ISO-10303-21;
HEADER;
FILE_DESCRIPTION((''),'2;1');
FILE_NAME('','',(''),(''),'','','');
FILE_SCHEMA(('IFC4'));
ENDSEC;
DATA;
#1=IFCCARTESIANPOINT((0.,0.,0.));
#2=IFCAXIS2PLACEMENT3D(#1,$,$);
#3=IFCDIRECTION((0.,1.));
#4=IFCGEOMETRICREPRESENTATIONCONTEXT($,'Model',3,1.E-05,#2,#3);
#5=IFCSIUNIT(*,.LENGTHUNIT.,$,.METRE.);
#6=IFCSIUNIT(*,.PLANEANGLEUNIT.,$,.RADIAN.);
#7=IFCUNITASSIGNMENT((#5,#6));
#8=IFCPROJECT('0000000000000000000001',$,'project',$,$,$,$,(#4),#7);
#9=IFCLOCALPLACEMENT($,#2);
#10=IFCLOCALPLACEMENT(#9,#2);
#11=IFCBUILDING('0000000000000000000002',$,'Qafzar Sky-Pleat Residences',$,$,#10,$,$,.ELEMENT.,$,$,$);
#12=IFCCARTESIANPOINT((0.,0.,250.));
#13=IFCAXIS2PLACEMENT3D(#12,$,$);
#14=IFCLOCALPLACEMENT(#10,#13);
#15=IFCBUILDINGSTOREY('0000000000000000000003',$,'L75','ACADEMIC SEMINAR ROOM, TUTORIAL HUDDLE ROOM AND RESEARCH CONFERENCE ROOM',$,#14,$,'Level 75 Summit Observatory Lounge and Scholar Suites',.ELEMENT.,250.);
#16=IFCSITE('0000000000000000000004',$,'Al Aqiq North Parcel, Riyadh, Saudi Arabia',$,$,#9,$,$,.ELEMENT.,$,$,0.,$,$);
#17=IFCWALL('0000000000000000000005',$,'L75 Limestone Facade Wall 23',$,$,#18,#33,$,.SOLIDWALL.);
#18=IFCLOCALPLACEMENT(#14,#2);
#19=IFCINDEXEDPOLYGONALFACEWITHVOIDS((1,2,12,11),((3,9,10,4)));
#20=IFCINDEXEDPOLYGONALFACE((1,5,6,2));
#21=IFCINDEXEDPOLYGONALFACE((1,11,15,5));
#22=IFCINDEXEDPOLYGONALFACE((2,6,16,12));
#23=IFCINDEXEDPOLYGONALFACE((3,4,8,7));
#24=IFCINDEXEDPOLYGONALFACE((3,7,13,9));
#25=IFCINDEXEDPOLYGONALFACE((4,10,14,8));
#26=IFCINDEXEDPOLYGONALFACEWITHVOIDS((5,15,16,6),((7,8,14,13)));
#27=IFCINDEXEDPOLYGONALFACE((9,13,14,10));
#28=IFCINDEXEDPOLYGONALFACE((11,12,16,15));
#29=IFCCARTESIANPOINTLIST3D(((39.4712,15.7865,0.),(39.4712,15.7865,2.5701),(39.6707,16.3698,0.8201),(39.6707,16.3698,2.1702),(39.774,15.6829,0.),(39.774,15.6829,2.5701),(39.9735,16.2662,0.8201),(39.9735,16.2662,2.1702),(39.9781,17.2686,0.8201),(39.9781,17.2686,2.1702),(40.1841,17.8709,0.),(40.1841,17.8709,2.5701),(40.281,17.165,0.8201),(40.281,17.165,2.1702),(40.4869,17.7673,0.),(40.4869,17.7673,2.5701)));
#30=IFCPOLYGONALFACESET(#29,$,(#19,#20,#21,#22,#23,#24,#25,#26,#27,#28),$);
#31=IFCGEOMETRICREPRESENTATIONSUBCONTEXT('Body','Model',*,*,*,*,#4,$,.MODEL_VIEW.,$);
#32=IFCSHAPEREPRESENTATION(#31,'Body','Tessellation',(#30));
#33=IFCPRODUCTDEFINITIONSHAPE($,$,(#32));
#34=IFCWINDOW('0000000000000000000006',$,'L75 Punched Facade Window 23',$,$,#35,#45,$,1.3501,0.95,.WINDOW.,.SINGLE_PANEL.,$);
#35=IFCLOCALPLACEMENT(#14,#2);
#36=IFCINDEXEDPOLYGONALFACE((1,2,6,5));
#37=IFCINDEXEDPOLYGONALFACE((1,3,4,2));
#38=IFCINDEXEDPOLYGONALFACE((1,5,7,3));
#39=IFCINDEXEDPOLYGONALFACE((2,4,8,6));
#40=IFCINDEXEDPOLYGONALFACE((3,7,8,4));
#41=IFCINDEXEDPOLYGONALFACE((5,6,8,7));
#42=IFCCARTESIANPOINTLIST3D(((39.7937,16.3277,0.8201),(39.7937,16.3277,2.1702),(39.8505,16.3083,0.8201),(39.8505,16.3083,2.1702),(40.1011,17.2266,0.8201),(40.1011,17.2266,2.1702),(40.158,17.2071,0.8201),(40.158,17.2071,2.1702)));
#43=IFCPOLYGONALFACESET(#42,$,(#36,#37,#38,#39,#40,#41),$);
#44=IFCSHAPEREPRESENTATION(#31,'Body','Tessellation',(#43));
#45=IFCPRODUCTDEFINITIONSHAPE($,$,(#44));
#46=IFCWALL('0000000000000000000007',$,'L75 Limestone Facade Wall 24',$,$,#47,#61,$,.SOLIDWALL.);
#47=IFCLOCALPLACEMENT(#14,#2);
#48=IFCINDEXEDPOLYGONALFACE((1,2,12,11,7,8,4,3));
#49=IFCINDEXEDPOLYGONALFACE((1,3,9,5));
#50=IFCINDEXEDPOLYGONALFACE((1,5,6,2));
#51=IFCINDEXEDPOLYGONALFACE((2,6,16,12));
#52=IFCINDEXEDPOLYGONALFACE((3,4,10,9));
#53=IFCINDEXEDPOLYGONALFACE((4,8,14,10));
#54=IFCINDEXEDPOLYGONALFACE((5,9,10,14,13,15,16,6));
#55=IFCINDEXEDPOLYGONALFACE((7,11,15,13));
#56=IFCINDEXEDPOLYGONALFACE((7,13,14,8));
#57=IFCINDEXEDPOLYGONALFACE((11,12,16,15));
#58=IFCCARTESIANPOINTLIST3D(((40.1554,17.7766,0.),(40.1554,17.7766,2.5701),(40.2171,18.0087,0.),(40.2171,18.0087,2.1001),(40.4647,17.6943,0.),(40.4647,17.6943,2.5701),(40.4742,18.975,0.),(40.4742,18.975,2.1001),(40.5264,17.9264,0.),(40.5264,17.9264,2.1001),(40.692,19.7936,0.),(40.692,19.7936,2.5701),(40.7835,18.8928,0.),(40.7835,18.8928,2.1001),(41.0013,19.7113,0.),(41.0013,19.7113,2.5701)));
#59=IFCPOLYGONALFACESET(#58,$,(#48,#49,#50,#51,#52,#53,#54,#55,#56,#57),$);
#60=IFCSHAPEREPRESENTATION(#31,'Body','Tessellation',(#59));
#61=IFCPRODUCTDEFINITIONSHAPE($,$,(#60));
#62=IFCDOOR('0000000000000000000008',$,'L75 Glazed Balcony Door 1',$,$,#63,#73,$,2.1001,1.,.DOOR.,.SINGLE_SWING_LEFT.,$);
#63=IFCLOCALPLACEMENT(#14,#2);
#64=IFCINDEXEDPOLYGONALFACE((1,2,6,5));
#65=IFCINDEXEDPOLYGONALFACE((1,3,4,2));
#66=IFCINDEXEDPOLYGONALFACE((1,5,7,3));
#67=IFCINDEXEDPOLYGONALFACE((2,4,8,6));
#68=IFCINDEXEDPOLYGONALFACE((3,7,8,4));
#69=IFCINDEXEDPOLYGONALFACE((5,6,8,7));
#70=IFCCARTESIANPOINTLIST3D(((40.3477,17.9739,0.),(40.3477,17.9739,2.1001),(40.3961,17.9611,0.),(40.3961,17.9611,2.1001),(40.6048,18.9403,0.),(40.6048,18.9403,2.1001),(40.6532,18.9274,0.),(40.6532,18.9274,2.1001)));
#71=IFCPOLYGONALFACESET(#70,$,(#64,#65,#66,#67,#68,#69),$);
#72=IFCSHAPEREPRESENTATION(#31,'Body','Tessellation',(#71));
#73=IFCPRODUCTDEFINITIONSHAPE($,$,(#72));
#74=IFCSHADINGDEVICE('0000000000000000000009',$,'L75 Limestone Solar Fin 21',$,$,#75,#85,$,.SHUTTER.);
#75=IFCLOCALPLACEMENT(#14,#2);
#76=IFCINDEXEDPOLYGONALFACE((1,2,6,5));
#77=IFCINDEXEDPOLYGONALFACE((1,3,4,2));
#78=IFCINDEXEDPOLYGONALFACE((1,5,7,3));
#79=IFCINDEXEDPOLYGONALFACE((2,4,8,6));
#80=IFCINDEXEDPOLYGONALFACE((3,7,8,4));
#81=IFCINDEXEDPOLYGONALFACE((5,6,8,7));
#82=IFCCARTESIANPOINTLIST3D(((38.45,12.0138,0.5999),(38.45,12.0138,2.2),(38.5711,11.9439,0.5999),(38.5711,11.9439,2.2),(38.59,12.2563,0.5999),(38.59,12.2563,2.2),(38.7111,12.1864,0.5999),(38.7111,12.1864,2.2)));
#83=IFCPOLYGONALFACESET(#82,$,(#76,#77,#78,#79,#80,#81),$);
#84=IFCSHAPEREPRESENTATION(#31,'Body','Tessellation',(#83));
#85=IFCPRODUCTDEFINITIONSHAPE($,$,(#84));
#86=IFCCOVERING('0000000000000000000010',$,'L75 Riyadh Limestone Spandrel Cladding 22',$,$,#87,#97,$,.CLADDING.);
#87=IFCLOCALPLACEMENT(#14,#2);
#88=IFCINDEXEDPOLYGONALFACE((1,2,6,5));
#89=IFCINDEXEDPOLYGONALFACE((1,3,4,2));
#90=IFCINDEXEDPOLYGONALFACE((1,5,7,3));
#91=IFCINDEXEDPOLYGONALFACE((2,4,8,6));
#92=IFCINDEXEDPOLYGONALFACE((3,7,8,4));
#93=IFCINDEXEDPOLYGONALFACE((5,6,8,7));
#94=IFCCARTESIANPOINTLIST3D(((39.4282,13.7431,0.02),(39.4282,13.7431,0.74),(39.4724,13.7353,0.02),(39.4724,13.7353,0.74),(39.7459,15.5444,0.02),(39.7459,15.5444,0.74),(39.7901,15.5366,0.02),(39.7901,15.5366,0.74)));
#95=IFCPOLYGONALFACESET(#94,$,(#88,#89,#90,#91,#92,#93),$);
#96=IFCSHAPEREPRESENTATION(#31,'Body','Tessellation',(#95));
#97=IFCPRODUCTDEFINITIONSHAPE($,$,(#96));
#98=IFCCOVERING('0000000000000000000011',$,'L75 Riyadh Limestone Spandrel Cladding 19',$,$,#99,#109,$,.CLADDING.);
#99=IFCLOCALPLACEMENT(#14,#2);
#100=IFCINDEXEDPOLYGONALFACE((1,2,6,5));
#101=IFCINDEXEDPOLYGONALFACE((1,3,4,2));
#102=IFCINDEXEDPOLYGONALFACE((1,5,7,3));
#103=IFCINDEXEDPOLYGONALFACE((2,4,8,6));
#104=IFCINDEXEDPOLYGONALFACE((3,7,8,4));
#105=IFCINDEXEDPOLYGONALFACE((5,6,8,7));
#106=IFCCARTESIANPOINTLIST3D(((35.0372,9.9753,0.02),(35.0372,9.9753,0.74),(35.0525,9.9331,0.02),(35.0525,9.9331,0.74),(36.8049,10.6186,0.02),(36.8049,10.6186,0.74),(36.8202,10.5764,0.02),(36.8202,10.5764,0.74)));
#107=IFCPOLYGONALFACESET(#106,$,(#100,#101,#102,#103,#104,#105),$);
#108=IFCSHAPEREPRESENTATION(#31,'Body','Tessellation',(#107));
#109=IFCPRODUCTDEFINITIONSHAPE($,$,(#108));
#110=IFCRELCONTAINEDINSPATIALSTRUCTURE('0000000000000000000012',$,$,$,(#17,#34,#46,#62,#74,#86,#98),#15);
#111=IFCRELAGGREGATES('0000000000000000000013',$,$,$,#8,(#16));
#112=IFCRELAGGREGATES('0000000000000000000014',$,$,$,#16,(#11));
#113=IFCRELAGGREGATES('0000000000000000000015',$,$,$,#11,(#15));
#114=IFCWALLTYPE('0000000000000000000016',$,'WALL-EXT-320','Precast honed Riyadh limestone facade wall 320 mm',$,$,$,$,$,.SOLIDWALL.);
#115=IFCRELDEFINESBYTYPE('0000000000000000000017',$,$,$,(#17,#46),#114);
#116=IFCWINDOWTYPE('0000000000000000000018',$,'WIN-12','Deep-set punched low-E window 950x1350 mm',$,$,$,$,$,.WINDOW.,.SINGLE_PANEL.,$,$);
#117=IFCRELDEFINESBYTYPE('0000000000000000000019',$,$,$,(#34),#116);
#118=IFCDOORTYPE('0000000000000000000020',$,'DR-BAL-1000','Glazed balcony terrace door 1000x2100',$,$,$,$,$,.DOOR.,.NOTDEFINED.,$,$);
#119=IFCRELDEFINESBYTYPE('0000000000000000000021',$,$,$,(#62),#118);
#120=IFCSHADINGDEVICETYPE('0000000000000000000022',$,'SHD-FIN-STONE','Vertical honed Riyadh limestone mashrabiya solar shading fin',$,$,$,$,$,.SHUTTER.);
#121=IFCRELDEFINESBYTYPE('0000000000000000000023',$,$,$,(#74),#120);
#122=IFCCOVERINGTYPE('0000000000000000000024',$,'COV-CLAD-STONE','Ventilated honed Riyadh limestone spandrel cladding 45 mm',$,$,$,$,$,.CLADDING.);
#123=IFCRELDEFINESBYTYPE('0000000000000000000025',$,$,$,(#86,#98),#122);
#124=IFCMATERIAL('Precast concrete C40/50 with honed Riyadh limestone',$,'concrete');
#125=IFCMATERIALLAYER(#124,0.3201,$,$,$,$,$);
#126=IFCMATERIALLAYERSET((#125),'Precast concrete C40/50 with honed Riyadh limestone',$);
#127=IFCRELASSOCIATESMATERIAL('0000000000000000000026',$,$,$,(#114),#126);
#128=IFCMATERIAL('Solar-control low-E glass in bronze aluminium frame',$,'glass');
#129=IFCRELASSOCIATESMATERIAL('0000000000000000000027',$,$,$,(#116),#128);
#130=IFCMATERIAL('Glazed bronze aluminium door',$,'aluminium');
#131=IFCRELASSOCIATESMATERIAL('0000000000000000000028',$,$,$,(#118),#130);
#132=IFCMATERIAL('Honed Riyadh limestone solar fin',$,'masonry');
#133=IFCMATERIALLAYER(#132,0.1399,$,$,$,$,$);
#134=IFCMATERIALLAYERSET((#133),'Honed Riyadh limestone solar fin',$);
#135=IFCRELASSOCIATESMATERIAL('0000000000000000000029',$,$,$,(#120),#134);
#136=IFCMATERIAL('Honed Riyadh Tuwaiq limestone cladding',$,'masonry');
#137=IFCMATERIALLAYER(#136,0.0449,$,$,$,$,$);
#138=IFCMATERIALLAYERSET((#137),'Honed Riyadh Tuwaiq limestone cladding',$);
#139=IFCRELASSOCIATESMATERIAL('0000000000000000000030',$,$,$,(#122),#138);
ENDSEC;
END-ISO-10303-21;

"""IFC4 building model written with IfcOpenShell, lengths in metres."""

from ifc_helpers import new_model, si_unit, direction, frame, frame_2d, origin, origin_2d, place, context, subcontext, project, spatial, rectangle, extrude, source, transform, mapped, material, layer, layer_set, type_object, element, fill, save


model = new_model("IFC4")

# Units and contexts
model_context = context("Model", 3, precision=1e-05, world=origin(), true_north=direction((0.0, 1.0)))
body_context = subcontext(model_context, "Body", "Model", "MODEL_VIEW")
ifc_project = project(units=[si_unit("LENGTHUNIT", "METRE"), si_unit("PLANEANGLEUNIT", "RADIAN")], contexts=[model_context])

# Site, building, storey
site_placement = place(None, origin())
site = spatial("IfcSite", under=ifc_project, at=site_placement, Name="Al Aqiq North Parcel, Riyadh, Saudi Arabia", CompositionType="ELEMENT", RefElevation=0.0)
building_placement = place(site_placement, origin())
building = spatial("IfcBuilding", under=site, at=building_placement, Name="Qafzar Sky-Pleat Residences", CompositionType="ELEMENT")
storey_placement = place(building_placement, frame((0.0, 0.0, 250.0)))
storey = spatial("IfcBuildingStorey", under=building, at=storey_placement, Name="L75", Description="ACADEMIC SEMINAR ROOM, TUTORIAL HUDDLE ROOM AND RESEARCH CONFERENCE ROOM", LongName="Level 75 Summit Observatory Lounge and Scholar Suites", CompositionType="ELEMENT", Elevation=250.0)

# Wall, opening, window
ifc_material_1 = material(Name="Precast concrete C40/50 with honed Riyadh limestone", Category="concrete")
ifc_layer_1 = layer(ifc_material_1, 0.3201)
ifc_layer_set_1 = layer_set([ifc_layer_1], Name="Precast concrete C40/50 with honed Riyadh limestone")
wall_type_1 = type_object("IfcWallType", Name="WALL-EXT-320", Description="Precast honed Riyadh limestone facade wall 320 mm", PredefinedType="SOLIDWALL", material=ifc_layer_set_1)
ifc_material_2 = material(Name="Solar-control low-E glass in bronze aluminium frame", Category="glass")
wall_1_placement = place(storey_placement, frame((39.6226, 15.7346, 0.0), z_axis=(0.0, 0.0, 1.0), x_axis=(0.323633, 0.946183, 0.0)))
wall_1 = element("IfcWall", 1, at=wall_1_placement, inside=storey, type_object=wall_type_1, Name="L75 Limestone Facade Wall 23", PredefinedType="SOLIDWALL", context=body_context, shape_type="SweptSolid", body=[
    extrude(rectangle(XDim=2.2029, YDim=0.3201, at=frame_2d((1.1016, 0.0))), origin(), (0.0, 0.0, 1.0), 2.5701),
])
opening_1_placement = place(wall_1_placement, frame((0.6165, 0.0, 0.8201)))
opening_1 = element("IfcOpeningElement", 2, at=opening_1_placement, cuts=wall_1, PredefinedType="OPENING", context=body_context, shape_type="SweptSolid", body=[
    extrude(rectangle(XDim=0.95, YDim=1.3501, at=frame_2d((0.4751, 0.675))), frame((0.0, 0.1699, 0.0), z_axis=(0.0, -1.0, 0.0), x_axis=(1.0, 0.0, 0.0)), (0.0, 0.0, 1.0), 0.3401),
])
window_type_1 = type_object("IfcWindowType", Name="WIN-12", Description="Deep-set punched low-E window 950x1350 mm", PartitioningType="SINGLE_PANEL", PredefinedType="WINDOW", material=ifc_material_2)
shared_shape_1 = source(origin(), body_context, "Body", "SweptSolid", [
    extrude(rectangle(XDim=0.95, YDim=1.3501, at=frame_2d((0.4751, 0.675))), frame((0.0, 0.03, 0.0), z_axis=(0.0, -1.0, 0.0), x_axis=(1.0, 0.0, 0.0)), (0.0, 0.0, 1.0), 0.0601),
])
window_1_placement = place(opening_1_placement, origin())
window_1 = element("IfcWindow", 3, at=window_1_placement, inside=storey, type_object=window_type_1, Name="L75 Punched Facade Window 23", OverallHeight=1.3501, OverallWidth=0.95, PartitioningType="SINGLE_PANEL", PredefinedType="WINDOW", context=body_context, shape_type="MappedRepresentation", body=[
    mapped(shared_shape_1, transform((0.0, 0.0, 0.0), x_axis=(1.0, 0.0, 0.0), y_axis=(0.0, 1.0, 0.0), z_axis=(0.0, 0.0, 1.0), scale=1.0)),
])
fill(opening_1, window_1)

# Wall, opening, door
wall_2_placement = place(storey_placement, frame((40.3101, 17.7356, 0.0), z_axis=(0.0, 0.0, 1.0), x_axis=(0.257095, 0.966386, 0.0)))
wall_2 = element("IfcWall", 4, at=wall_2_placement, inside=storey, type_object=wall_type_1, Name="L75 Limestone Facade Wall 24", PredefinedType="SOLIDWALL", context=body_context, shape_type="SweptSolid", body=[
    extrude(rectangle(XDim=2.0872, YDim=0.3201, at=frame_2d((1.0435, 0.0))), origin(), (0.0, 0.0, 1.0), 2.5701),
])
opening_2_placement = place(wall_2_placement, frame((0.24, 0.0, 0.0)))
opening_2 = element("IfcOpeningElement", 5, at=opening_2_placement, cuts=wall_2, PredefinedType="OPENING", context=body_context, shape_type="SweptSolid", body=[
    extrude(rectangle(XDim=1.0, YDim=2.1001, at=frame_2d((0.5, 1.05))), frame((0.0, 0.1699, 0.0), z_axis=(0.0, -1.0, 0.0), x_axis=(1.0, 0.0, 0.0)), (0.0, 0.0, 1.0), 0.3401),
])
ifc_material_3 = material(Name="Glazed bronze aluminium door", Category="aluminium")
door_type_1 = type_object("IfcDoorType", Name="DR-BAL-1000", Description="Glazed balcony terrace door 1000x2100", OperationType="NOTDEFINED", PredefinedType="DOOR", material=ifc_material_3)
shared_shape_2 = source(origin(), body_context, "Body", "SweptSolid", [
    extrude(rectangle(XDim=1.0, YDim=2.1001, at=frame_2d((0.5, 1.05))), frame((0.0, 0.0249, 0.0), z_axis=(0.0, -1.0, 0.0), x_axis=(1.0, 0.0, 0.0)), (0.0, 0.0, 1.0), 0.05),
])
door_1_placement = place(opening_2_placement, origin())
door_1 = element("IfcDoor", 6, at=door_1_placement, inside=storey, type_object=door_type_1, Name="L75 Glazed Balcony Door 1", OperationType="SINGLE_SWING_LEFT", OverallHeight=2.1001, OverallWidth=1.0, PredefinedType="DOOR", context=body_context, shape_type="MappedRepresentation", body=[
    mapped(shared_shape_2, transform((0.0, 0.0, 0.0), x_axis=(1.0, 0.0, 0.0), y_axis=(0.0, 1.0, 0.0), z_axis=(0.0, 0.0, 1.0), scale=1.0)),
])
fill(opening_2, door_1)

# Shading device
ifc_material_4 = material(Name="Honed Riyadh limestone solar fin", Category="masonry")
ifc_layer_2 = layer(ifc_material_4, 0.1399)
ifc_layer_set_2 = layer_set([ifc_layer_2], Name="Honed Riyadh limestone solar fin")
shading_device_type = type_object("IfcShadingDeviceType", Name="SHD-FIN-STONE", Description="Vertical honed Riyadh limestone mashrabiya solar shading fin", PredefinedType="SHUTTER", material=ifc_layer_set_2)
shared_shape_3 = source(origin(), body_context, "Body", "SweptSolid", [
    extrude(rectangle(XDim=0.1399, YDim=0.28, at=origin_2d()), origin(), (0.0, 0.0, 1.0), 1.6001),
])
shading_device_placement = place(storey_placement, frame((38.5806, 12.1001, 0.5999), z_axis=(0.0, 0.0, 1.0), x_axis=(0.866044, -0.499967, 0.0)))
element("IfcShadingDevice", 7, at=shading_device_placement, inside=storey, type_object=shading_device_type, Name="L75 Limestone Solar Fin 21", PredefinedType="SHUTTER", context=body_context, shape_type="MappedRepresentation", body=[
    mapped(shared_shape_3, transform((0.0, 0.0, 0.0), x_axis=(1.0, 0.0, 0.0), y_axis=(0.0, 1.0, 0.0), z_axis=(0.0, 0.0, 1.0), scale=1.0)),
])

# Coverings
ifc_material_5 = material(Name="Honed Riyadh Tuwaiq limestone cladding", Category="masonry")
ifc_layer_3 = layer(ifc_material_5, 0.0449)
ifc_layer_set_3 = layer_set([ifc_layer_3], Name="Honed Riyadh Tuwaiq limestone cladding")
covering_type = type_object("IfcCoveringType", Name="COV-CLAD-STONE", Description="Ventilated honed Riyadh limestone spandrel cladding 45 mm", PredefinedType="CLADDING", material=ifc_layer_set_3)
shared_shape_4 = source(origin(), body_context, "Body", "SweptSolid", [
    extrude(rectangle(XDim=1.8291, YDim=0.0449, at=origin_2d()), origin(), (0.0, 0.0, 1.0), 0.72),
])
covering_1_placement = place(storey_placement, frame((39.6091, 14.6399, 0.02), z_axis=(0.0, 0.0, 1.0), x_axis=(0.173696, 0.984799, 0.0)))
element("IfcCovering", 8, at=covering_1_placement, inside=storey, type_object=covering_type, Name="L75 Riyadh Limestone Spandrel Cladding 22", PredefinedType="CLADDING", context=body_context, shape_type="MappedRepresentation", body=[
    mapped(shared_shape_4, transform((0.0, 0.0, 0.0), x_axis=(1.0, 0.0, 0.0), y_axis=(0.0, 1.0, 0.0), z_axis=(0.0, 0.0, 1.0), scale=1.0)),
])
shared_shape_5 = source(origin(), body_context, "Body", "SweptSolid", [
    extrude(rectangle(XDim=1.8811, YDim=0.0449, at=origin_2d()), origin(), (0.0, 0.0, 1.0), 0.72),
])
covering_2_placement = place(storey_placement, frame((35.9287, 10.2759, 0.02), z_axis=(0.0, 0.0, 1.0), x_axis=(0.93971, 0.341974, 0.0)))
element("IfcCovering", 9, at=covering_2_placement, inside=storey, type_object=covering_type, Name="L75 Riyadh Limestone Spandrel Cladding 19", PredefinedType="CLADDING", context=body_context, shape_type="MappedRepresentation", body=[
    mapped(shared_shape_5, transform((0.0, 0.0, 0.0), x_axis=(1.0, 0.0, 0.0), y_axis=(0.0, 1.0, 0.0), z_axis=(0.0, 0.0, 1.0), scale=1.0)),
])

save(model, "model.ifc")
